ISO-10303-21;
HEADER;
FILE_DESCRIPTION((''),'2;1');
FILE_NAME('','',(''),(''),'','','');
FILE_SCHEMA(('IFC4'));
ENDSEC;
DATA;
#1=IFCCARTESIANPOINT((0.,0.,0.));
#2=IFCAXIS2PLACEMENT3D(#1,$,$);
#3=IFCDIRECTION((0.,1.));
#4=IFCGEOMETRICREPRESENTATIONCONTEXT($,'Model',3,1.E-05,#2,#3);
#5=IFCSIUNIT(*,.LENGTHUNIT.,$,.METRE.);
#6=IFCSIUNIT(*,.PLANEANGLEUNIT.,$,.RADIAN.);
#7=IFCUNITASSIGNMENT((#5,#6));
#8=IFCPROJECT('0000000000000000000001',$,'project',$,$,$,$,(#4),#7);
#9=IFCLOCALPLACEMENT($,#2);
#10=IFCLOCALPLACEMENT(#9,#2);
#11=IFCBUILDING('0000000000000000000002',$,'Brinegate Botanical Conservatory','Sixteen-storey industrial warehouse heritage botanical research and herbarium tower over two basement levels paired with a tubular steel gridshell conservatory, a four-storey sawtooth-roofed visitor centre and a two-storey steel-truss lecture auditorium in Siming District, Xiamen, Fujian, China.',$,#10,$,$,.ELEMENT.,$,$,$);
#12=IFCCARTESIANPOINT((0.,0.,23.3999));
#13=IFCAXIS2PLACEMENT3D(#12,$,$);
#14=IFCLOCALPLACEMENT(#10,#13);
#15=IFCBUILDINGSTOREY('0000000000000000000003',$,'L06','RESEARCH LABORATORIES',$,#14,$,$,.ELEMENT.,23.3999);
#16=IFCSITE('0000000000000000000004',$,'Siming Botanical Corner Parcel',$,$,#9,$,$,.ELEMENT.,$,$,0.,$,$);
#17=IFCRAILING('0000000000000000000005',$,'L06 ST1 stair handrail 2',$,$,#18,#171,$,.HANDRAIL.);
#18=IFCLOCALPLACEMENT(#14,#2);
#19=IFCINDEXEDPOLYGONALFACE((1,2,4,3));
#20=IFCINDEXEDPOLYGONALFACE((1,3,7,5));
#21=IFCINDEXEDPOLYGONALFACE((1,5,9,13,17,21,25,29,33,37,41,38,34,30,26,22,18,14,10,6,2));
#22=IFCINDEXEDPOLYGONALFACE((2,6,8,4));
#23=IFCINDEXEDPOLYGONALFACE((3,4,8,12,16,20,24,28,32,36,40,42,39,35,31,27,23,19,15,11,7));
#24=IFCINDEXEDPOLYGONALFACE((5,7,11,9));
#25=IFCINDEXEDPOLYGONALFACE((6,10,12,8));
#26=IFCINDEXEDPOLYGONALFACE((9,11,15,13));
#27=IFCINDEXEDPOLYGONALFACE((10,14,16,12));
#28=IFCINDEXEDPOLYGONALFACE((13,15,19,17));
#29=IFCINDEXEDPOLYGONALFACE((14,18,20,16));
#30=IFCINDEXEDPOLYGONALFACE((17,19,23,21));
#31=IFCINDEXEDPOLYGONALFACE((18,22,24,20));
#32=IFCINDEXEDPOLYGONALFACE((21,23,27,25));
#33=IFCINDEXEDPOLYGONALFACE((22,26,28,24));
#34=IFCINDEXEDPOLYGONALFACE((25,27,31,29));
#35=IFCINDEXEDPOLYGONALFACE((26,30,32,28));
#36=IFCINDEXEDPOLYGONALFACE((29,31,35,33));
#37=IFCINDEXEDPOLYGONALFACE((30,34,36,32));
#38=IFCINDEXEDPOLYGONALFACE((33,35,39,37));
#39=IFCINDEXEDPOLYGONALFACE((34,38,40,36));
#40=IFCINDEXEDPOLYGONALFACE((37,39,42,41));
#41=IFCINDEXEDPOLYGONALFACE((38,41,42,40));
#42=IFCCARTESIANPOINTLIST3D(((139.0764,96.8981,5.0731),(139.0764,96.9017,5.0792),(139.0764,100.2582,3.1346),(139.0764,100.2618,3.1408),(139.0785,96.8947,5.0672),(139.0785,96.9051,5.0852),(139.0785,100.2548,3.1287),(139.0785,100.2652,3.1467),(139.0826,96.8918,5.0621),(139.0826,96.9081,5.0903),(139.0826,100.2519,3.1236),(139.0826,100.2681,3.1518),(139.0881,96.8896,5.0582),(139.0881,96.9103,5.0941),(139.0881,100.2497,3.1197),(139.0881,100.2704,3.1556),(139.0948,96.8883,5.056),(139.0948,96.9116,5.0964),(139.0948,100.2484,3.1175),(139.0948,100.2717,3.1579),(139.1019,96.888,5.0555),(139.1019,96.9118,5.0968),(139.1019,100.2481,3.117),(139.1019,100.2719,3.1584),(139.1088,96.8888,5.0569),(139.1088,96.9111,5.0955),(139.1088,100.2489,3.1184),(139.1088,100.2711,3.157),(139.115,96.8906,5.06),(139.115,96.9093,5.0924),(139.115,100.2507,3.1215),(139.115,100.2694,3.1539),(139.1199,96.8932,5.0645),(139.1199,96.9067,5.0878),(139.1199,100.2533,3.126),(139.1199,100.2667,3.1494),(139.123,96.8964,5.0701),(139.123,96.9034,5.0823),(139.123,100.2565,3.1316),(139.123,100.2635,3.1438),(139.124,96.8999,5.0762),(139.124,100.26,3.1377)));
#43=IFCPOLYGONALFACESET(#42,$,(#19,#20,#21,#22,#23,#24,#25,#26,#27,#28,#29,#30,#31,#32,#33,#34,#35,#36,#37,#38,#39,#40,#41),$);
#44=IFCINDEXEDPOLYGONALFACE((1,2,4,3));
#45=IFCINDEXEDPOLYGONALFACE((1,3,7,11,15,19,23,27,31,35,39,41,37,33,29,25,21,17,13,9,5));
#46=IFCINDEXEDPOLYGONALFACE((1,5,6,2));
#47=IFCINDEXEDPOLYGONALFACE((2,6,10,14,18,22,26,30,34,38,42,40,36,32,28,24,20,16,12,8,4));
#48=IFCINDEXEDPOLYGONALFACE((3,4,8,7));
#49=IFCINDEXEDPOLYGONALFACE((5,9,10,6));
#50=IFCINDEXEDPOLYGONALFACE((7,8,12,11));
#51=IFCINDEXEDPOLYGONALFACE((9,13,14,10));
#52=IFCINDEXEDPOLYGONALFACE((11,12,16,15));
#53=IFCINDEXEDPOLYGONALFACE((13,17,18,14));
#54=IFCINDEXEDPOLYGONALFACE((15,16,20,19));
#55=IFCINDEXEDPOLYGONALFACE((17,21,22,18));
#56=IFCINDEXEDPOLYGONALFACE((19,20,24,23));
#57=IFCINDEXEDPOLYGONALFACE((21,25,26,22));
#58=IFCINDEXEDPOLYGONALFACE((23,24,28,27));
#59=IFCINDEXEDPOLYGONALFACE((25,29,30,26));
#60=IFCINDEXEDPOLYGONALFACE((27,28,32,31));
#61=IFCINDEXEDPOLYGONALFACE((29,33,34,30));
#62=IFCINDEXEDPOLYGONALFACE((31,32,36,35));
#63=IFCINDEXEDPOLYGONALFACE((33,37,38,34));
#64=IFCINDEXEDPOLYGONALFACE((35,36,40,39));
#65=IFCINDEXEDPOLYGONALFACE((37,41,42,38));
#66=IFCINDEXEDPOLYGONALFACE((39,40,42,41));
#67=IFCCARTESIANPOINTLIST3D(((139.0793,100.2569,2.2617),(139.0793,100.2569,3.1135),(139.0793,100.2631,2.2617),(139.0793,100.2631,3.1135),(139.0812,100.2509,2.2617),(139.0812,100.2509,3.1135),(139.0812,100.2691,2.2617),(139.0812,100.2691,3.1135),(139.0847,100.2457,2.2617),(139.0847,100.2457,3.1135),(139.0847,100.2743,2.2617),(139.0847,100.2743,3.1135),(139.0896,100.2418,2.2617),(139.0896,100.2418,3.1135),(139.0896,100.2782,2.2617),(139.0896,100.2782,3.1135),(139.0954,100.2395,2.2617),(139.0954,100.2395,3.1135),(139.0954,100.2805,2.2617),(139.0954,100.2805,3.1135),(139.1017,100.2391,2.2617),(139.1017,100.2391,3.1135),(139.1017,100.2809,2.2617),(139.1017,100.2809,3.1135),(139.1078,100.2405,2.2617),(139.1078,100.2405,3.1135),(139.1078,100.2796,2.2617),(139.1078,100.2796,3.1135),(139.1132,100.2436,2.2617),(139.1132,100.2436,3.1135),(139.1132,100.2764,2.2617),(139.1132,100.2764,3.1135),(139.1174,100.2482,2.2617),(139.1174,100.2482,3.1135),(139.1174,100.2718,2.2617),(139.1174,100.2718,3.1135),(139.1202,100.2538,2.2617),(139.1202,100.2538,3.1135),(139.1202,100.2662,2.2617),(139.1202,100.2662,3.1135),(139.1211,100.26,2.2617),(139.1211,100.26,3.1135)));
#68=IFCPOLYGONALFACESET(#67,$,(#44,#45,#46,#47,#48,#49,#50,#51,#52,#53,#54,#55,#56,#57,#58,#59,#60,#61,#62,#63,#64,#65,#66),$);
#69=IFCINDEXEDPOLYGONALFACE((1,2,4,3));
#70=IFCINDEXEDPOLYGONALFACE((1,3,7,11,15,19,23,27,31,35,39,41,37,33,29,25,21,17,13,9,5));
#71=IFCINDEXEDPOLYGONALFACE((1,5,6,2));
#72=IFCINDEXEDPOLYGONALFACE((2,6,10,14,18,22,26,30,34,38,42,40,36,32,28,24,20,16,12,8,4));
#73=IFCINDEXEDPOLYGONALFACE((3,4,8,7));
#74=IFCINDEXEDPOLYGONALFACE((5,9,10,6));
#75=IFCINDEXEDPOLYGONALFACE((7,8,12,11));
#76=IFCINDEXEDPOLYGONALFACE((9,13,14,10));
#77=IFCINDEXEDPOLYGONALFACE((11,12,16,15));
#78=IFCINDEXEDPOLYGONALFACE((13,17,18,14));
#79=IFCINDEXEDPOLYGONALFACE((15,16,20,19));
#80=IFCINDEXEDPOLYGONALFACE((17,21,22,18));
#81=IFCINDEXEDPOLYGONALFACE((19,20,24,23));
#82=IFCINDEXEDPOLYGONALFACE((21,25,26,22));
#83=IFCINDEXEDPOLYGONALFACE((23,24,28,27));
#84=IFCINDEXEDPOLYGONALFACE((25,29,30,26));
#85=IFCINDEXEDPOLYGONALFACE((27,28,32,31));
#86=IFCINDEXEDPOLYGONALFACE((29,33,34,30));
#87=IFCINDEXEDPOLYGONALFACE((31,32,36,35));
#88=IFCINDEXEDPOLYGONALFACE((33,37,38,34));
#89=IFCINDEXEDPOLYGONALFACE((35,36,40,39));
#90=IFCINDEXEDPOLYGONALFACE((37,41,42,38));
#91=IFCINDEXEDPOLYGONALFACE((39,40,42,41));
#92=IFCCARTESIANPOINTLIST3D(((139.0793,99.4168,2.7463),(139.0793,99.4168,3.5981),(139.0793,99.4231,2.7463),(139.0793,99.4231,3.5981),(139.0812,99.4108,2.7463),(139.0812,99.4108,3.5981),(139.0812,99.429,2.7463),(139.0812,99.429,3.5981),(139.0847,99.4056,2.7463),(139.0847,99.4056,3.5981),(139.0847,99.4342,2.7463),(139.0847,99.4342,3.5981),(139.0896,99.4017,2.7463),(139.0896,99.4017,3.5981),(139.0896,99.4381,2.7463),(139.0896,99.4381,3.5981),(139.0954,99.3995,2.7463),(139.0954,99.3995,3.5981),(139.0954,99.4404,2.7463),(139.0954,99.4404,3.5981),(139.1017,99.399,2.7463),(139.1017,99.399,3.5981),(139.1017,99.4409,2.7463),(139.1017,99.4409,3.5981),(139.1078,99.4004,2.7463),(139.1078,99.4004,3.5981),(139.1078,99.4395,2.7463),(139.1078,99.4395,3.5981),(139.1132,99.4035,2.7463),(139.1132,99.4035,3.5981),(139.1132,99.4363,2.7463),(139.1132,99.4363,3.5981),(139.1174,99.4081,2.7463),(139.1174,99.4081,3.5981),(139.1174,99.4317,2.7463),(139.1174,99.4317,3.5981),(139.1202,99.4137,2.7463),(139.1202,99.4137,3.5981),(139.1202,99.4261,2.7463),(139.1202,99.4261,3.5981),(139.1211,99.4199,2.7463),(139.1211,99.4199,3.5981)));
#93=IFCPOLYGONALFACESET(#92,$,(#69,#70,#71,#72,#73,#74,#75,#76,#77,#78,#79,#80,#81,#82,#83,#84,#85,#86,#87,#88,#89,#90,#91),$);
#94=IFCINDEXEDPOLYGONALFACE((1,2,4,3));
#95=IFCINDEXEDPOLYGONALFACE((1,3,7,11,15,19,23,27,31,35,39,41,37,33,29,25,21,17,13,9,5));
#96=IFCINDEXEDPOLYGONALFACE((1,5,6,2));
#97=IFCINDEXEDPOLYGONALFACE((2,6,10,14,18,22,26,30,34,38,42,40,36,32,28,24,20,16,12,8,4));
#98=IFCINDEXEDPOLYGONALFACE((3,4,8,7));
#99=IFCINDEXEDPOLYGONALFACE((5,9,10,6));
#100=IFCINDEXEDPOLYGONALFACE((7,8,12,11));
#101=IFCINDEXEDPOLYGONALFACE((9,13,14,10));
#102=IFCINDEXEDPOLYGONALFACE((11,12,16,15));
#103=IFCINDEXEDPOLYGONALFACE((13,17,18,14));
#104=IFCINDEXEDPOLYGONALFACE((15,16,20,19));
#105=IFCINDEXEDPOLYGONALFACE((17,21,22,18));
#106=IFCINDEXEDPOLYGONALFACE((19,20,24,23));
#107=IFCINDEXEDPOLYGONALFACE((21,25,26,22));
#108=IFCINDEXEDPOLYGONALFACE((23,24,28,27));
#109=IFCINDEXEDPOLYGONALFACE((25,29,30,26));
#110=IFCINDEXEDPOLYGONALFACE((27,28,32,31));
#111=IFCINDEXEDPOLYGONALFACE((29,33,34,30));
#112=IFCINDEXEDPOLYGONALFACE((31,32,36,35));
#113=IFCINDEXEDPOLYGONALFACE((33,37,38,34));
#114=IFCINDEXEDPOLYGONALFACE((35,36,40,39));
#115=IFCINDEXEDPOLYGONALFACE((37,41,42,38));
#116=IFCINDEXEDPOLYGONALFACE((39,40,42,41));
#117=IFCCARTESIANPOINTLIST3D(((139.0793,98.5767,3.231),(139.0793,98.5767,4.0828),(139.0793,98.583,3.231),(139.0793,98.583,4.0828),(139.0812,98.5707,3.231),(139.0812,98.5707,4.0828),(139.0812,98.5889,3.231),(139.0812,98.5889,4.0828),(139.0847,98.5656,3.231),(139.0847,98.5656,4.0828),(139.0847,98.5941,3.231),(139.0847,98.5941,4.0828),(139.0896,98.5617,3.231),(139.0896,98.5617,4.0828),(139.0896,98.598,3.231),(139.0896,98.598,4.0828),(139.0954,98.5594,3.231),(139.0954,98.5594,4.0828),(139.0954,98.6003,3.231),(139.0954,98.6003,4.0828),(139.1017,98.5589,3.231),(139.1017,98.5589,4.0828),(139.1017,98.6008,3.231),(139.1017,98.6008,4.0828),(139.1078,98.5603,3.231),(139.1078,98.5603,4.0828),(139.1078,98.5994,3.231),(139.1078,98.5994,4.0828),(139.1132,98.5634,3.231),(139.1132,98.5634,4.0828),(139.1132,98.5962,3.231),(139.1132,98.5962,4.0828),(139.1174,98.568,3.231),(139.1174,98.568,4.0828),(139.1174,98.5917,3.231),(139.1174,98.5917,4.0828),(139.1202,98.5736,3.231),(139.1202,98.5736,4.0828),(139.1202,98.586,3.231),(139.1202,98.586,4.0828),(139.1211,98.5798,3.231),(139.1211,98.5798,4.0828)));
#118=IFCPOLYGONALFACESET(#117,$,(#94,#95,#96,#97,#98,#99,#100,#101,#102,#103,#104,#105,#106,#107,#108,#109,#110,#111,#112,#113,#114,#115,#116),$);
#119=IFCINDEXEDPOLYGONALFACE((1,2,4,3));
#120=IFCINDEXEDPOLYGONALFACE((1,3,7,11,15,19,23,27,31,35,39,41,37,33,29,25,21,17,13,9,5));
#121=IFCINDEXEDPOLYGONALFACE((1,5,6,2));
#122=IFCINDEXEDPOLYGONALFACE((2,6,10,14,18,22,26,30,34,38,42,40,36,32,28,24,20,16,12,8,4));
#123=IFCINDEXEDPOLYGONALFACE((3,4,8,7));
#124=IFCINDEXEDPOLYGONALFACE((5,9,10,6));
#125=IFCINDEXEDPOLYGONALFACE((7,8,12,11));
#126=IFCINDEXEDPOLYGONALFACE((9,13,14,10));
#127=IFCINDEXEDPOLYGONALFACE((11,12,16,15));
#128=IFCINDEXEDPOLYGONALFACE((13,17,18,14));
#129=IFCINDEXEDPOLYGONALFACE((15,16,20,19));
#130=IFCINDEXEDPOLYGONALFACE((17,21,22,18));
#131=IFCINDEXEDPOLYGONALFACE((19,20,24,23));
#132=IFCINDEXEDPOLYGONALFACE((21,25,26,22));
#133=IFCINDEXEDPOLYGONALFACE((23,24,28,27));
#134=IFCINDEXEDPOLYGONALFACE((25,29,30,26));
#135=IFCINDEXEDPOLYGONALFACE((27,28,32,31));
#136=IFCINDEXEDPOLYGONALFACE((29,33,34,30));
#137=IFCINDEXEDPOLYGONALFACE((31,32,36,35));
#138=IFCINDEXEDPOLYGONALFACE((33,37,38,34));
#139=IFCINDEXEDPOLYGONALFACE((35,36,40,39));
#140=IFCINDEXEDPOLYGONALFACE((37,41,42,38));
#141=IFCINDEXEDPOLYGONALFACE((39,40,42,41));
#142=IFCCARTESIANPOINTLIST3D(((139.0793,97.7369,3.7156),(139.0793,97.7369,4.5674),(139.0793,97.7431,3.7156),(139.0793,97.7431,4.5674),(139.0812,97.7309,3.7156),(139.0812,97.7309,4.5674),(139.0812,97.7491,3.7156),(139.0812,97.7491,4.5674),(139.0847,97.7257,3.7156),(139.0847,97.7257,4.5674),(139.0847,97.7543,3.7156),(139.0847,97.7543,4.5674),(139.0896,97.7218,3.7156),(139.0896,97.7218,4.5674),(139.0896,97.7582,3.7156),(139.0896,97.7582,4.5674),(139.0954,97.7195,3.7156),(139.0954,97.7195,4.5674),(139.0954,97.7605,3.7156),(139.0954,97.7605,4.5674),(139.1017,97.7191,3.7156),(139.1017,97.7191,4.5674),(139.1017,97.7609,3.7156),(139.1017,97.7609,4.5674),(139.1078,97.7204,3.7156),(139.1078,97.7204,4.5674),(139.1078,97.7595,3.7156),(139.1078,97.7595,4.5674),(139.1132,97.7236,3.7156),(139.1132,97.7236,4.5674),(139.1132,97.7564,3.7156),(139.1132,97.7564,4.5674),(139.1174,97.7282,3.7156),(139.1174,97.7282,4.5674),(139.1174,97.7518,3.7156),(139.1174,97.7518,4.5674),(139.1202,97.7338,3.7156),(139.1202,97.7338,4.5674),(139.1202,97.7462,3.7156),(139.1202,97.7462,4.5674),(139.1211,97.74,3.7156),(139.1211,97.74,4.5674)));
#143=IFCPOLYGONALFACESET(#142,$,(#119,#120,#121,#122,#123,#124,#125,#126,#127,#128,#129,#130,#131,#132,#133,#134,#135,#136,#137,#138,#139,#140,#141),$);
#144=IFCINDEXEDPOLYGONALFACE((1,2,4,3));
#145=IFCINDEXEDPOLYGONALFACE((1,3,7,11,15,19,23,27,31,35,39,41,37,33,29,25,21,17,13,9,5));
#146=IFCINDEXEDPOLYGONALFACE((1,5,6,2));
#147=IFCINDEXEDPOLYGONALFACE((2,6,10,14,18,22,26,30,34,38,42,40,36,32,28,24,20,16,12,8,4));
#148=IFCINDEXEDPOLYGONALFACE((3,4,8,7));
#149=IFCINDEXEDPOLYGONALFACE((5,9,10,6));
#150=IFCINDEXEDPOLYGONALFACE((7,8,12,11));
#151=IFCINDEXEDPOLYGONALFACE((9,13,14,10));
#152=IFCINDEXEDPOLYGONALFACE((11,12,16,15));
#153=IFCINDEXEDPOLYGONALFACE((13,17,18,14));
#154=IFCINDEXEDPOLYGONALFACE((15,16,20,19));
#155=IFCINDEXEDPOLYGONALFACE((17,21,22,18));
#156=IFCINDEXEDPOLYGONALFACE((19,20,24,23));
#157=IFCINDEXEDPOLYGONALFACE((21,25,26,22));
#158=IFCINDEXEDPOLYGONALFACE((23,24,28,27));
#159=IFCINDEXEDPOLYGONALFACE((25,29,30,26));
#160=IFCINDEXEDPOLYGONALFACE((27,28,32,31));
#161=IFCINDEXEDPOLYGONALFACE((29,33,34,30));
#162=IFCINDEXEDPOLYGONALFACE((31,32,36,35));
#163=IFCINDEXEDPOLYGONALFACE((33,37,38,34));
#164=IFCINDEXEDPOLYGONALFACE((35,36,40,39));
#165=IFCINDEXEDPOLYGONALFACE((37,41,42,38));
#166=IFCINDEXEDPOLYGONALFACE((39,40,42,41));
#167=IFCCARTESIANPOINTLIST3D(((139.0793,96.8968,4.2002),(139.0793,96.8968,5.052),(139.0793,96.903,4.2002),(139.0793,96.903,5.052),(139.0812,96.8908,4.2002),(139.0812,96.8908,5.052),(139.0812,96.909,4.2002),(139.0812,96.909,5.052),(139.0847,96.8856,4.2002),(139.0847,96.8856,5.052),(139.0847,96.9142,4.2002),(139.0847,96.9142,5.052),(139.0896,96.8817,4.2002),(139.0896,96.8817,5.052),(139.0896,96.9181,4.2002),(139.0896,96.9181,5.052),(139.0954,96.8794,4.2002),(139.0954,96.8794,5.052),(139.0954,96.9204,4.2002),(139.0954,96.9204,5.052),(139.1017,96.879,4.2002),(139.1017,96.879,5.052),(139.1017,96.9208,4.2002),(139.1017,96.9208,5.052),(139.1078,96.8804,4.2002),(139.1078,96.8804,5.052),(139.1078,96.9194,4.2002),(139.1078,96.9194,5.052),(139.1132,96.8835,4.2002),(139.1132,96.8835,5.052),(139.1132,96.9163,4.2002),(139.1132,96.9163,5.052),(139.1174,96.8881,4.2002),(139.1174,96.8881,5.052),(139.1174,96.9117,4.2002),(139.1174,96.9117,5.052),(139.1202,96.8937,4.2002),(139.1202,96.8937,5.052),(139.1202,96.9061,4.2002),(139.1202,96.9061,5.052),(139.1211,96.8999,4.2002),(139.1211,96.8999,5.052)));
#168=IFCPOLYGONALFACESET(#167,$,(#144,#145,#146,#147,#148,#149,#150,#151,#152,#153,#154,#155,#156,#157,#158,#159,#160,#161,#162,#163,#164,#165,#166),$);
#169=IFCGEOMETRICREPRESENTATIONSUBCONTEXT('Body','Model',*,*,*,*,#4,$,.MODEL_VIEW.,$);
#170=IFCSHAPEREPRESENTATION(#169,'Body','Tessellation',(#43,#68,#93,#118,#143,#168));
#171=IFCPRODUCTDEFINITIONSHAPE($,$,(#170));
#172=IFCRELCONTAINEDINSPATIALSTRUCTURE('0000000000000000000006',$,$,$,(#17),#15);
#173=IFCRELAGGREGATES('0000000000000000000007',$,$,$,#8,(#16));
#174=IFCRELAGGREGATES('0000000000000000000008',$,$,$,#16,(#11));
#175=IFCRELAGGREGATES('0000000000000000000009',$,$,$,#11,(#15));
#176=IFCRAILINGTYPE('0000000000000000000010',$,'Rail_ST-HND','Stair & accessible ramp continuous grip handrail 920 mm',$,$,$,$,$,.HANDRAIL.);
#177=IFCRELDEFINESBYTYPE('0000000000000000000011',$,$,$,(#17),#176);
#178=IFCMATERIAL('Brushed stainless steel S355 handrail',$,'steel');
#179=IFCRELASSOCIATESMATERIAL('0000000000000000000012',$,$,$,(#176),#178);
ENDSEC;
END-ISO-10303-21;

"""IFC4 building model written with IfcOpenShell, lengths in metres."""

from ifc_helpers import new_model, si_unit, direction, frame, origin, origin_2d, place, context, subcontext, project, spatial, circle, extrude, material, type_object, element, save


model = new_model("IFC4")

# Units and contexts
model_context = context("Model", 3, precision=1e-05, world=origin(), true_north=direction((0.0, 1.0)))
body_context = subcontext(model_context, "Body", "Model", "MODEL_VIEW")
ifc_project = project(units=[si_unit("LENGTHUNIT", "METRE"), si_unit("PLANEANGLEUNIT", "RADIAN")], contexts=[model_context])

# Site, building, storey
site_placement = place(None, origin())
site = spatial("IfcSite", under=ifc_project, at=site_placement, Name="Siming Botanical Corner Parcel", CompositionType="ELEMENT", RefElevation=0.0)
building_placement = place(site_placement, origin())
building = spatial("IfcBuilding", under=site, at=building_placement, Name="Brinegate Botanical Conservatory", Description="Sixteen-storey industrial warehouse heritage botanical research and herbarium tower over two basement levels paired with a tubular steel gridshell conservatory, a four-storey sawtooth-roofed visitor centre and a two-storey steel-truss lecture auditorium in Siming District, Xiamen, Fujian, China.", CompositionType="ELEMENT")
storey_placement = place(building_placement, frame((0.0, 0.0, 23.3999)))
storey = spatial("IfcBuildingStorey", under=building, at=storey_placement, Name="L06", Description="RESEARCH LABORATORIES", CompositionType="ELEMENT", Elevation=23.3999)

# Railing
ifc_material_1 = material(Name="Brushed stainless steel S355 handrail", Category="steel")
railing_type_1 = type_object("IfcRailingType", Name="Rail_ST-HND", Description="Stair & accessible ramp continuous grip handrail 920 mm", PredefinedType="HANDRAIL", material=ifc_material_1)
railing_1_placement = place(storey_placement, frame((139.1001, 100.26, 2.2617)))
element("IfcRailing", 1, at=railing_1_placement, inside=storey, type_object=railing_type_1, Name="L06 ST1 stair handrail 2", PredefinedType="HANDRAIL", context=body_context, shape_type="SweptSolid", body=[
    extrude(circle(Radius=0.0239, at=origin_2d()), frame((0.0, 0.0, 0.876), z_axis=(0.0, -0.866191, 0.499713), x_axis=(1.0, 0.0, 0.0)), (0.0, 0.0, 1.0), 3.8792),
    extrude(circle(Radius=0.021, at=origin_2d()), origin(), (0.0, 0.0, 1.0), 0.8518),
    extrude(circle(Radius=0.021, at=origin_2d()), frame((0.0, -0.8401, 0.4846)), (0.0, 0.0, 1.0), 0.8518),
    extrude(circle(Radius=0.021, at=origin_2d()), frame((0.0, -1.6802, 0.9692)), (0.0, 0.0, 1.0), 0.8518),
    extrude(circle(Radius=0.021, at=origin_2d()), frame((0.0, -2.52, 1.4539)), (0.0, 0.0, 1.0), 0.8518),
    extrude(circle(Radius=0.021, at=origin_2d()), frame((0.0, -3.3601, 1.9385)), (0.0, 0.0, 1.0), 0.8518),
])

save(model, "model.ifc")
